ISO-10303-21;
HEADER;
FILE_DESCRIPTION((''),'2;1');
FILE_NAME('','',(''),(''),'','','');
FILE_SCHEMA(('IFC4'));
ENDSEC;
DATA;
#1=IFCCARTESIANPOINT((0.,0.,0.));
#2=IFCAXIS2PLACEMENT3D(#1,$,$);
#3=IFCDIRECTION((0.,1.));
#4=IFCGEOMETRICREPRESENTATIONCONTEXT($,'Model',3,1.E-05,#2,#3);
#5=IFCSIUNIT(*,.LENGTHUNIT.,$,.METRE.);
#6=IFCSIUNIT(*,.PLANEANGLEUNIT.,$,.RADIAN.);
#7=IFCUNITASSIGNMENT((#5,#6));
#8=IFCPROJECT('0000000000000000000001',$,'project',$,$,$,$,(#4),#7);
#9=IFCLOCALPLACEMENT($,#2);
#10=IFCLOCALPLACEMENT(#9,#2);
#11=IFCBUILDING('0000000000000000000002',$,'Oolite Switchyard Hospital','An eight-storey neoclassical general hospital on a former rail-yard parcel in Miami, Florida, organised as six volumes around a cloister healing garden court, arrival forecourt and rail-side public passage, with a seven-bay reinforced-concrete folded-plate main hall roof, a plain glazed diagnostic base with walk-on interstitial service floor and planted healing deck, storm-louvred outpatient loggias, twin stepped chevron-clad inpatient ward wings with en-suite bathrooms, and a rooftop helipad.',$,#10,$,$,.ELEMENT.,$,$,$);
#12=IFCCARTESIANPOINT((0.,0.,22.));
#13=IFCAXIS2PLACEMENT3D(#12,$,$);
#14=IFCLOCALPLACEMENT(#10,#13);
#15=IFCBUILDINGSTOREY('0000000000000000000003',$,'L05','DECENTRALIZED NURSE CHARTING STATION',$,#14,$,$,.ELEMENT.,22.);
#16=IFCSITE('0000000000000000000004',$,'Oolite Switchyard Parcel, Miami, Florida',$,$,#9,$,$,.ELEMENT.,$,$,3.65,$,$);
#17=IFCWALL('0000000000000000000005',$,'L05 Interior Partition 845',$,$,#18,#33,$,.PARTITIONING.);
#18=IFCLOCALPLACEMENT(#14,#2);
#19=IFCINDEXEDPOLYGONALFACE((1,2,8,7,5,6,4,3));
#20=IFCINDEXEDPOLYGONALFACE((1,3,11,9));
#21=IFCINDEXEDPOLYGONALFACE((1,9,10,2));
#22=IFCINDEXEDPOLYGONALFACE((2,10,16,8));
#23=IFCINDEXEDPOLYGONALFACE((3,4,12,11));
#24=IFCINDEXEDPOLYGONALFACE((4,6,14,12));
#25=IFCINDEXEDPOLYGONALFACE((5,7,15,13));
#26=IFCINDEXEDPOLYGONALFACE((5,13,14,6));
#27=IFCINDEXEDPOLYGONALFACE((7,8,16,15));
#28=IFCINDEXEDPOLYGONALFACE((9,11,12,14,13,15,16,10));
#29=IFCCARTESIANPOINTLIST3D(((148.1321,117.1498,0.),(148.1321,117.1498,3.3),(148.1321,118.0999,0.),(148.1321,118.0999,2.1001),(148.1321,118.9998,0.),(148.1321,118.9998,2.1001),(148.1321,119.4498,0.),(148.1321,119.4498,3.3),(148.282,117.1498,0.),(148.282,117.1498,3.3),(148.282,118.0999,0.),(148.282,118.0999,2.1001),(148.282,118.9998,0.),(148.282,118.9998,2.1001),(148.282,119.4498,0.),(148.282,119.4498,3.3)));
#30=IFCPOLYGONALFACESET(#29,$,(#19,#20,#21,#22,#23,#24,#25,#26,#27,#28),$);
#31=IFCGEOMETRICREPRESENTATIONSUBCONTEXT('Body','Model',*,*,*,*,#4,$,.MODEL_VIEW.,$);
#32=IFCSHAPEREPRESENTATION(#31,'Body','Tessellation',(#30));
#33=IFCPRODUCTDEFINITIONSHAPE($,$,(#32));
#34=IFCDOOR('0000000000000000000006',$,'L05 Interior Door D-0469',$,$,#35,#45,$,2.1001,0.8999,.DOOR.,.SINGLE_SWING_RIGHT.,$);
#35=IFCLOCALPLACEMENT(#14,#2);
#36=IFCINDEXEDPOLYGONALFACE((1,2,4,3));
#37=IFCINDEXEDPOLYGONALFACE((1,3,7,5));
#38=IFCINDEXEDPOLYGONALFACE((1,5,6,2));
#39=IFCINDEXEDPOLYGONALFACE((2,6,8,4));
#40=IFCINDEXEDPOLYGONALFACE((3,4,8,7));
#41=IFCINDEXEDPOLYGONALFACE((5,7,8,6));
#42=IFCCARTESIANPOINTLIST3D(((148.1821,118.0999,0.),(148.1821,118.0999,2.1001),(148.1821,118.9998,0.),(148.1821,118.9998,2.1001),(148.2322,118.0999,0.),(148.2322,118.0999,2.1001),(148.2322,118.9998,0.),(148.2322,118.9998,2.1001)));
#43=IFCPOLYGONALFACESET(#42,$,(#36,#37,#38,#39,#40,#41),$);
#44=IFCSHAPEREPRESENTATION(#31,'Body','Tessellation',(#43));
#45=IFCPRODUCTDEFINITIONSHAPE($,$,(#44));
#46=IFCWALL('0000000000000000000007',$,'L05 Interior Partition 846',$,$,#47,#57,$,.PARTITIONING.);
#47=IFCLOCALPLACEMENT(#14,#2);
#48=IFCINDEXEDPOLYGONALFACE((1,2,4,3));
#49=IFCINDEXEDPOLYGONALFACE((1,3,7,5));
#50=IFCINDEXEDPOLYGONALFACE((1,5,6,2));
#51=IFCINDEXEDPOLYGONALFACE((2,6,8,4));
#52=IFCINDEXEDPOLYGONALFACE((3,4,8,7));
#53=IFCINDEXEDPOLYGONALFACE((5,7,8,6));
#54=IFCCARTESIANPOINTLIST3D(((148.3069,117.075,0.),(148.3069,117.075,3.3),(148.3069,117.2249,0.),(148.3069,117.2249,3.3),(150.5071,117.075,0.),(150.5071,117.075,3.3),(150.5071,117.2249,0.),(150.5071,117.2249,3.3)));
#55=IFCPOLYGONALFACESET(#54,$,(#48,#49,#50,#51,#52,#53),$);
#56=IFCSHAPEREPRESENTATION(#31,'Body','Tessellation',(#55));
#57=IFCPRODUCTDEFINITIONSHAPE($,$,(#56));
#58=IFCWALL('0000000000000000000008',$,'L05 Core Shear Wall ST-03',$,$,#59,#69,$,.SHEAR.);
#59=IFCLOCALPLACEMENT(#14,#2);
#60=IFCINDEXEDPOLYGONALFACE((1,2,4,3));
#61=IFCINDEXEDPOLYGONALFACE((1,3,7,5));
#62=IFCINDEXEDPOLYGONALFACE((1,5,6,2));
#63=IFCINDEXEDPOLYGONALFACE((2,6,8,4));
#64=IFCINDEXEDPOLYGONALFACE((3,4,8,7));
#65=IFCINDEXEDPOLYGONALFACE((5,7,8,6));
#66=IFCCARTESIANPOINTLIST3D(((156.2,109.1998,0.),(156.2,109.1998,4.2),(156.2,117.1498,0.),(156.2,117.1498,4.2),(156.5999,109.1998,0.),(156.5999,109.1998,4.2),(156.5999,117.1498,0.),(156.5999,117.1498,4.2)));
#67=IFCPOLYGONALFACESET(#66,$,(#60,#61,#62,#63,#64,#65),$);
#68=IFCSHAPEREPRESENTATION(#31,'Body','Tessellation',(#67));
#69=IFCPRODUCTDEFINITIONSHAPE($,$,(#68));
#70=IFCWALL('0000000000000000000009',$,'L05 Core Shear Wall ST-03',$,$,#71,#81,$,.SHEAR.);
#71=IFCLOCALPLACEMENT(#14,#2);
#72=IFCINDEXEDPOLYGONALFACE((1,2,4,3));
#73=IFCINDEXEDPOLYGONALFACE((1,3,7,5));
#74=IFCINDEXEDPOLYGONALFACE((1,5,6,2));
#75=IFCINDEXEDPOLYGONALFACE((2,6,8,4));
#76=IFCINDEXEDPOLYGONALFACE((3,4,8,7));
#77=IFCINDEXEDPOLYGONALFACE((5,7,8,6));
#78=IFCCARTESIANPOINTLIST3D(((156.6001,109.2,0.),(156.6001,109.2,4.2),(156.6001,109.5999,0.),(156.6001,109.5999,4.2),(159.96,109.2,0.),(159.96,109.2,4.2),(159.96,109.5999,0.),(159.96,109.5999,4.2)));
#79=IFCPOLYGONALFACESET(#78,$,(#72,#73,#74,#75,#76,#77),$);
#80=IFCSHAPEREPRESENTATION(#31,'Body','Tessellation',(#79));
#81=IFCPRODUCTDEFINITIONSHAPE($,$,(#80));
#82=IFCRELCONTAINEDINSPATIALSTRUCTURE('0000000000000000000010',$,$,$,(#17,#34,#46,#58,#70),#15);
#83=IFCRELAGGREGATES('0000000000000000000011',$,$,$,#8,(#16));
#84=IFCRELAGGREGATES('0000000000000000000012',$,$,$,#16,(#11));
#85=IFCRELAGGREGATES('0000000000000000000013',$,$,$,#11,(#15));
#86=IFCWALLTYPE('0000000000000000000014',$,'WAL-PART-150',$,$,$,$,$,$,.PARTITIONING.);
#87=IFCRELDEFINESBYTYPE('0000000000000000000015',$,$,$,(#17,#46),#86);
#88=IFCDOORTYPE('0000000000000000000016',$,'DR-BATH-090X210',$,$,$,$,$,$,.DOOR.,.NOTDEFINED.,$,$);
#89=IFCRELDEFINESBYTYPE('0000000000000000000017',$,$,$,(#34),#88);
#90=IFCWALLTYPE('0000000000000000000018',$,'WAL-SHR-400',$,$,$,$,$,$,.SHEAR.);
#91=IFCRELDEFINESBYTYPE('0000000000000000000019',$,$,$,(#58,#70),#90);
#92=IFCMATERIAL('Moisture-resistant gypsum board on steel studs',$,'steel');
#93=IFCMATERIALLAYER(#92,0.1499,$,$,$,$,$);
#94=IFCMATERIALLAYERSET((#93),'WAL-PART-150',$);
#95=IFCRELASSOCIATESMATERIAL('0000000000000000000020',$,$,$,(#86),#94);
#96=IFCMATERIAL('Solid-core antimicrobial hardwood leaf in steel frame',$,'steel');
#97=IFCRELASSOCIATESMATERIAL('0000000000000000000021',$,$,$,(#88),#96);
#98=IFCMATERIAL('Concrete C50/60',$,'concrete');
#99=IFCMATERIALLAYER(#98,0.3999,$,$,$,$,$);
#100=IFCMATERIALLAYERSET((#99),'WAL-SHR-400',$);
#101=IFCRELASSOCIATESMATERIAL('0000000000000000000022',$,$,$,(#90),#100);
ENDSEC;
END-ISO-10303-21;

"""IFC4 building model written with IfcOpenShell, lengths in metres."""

from ifc_helpers import new_model, si_unit, direction, frame, frame_2d, origin, place, context, subcontext, project, spatial, rectangle, extrude, material, layer, layer_set, type_object, element, fill, save


model = new_model("IFC4")

# Units and contexts
model_context = context("Model", 3, precision=1e-05, world=origin(), true_north=direction((0.0, 1.0)))
body_context = subcontext(model_context, "Body", "Model", "MODEL_VIEW")
ifc_project = project(units=[si_unit("LENGTHUNIT", "METRE"), si_unit("PLANEANGLEUNIT", "RADIAN")], contexts=[model_context])

# Site, building, storey
site_placement = place(None, origin())
site = spatial("IfcSite", under=ifc_project, at=site_placement, Name="Oolite Switchyard Parcel, Miami, Florida", CompositionType="ELEMENT", RefElevation=3.65)
building_placement = place(site_placement, origin())
building = spatial("IfcBuilding", under=site, at=building_placement, Name="Oolite Switchyard Hospital", Description="An eight-storey neoclassical general hospital on a former rail-yard parcel in Miami, Florida, organised as six volumes around a cloister healing garden court, arrival forecourt and rail-side public passage, with a seven-bay reinforced-concrete folded-plate main hall roof, a plain glazed diagnostic base with walk-on interstitial service floor and planted healing deck, storm-louvred outpatient loggias, twin stepped chevron-clad inpatient ward wings with en-suite bathrooms, and a rooftop helipad.", CompositionType="ELEMENT")
storey_placement = place(building_placement, frame((0.0, 0.0, 22.0)))
storey = spatial("IfcBuildingStorey", under=building, at=storey_placement, Name="L05", Description="DECENTRALIZED NURSE CHARTING STATION", CompositionType="ELEMENT", Elevation=22.0)

# Shared definitions
ifc_material_1 = material(Name="Concrete C50/60", Category="concrete")

# Wall, opening, door
ifc_material_2 = material(Name="Moisture-resistant gypsum board on steel studs", Category="steel")
ifc_layer_1 = layer(ifc_material_2, 0.1499)
ifc_layer_set_1 = layer_set([ifc_layer_1], Name="WAL-PART-150")
wall_type_1 = type_object("IfcWallType", Name="WAL-PART-150", PredefinedType="PARTITIONING", material=ifc_layer_set_1)
wall_1_placement = place(storey_placement, frame((148.207, 117.1499, 0.0), z_axis=(0.0, 0.0, 1.0), x_axis=(0.0, 1.0, 0.0)))
wall_1 = element("IfcWall", 1, at=wall_1_placement, inside=storey, type_object=wall_type_1, Name="L05 Interior Partition 845", PredefinedType="PARTITIONING", context=body_context, shape_type="SweptSolid", body=[
    extrude(rectangle(XDim=2.3, YDim=0.1499, at=frame_2d((1.1499, 0.0))), origin(), (0.0, 0.0, 1.0), 3.3),
])
opening_placement = place(wall_1_placement, frame((0.95, 0.0, 0.0)))
opening = element("IfcOpeningElement", 2, at=opening_placement, cuts=wall_1, PredefinedType="OPENING", context=body_context, shape_type="SweptSolid", body=[
    extrude(rectangle(XDim=0.8999, YDim=2.1001, at=frame_2d((0.45, 1.05))), frame((0.0, 0.085, 0.0), z_axis=(0.0, -1.0, 0.0), x_axis=(1.0, 0.0, 0.0)), (0.0, 0.0, 1.0), 0.1699),
])
ifc_material_3 = material(Name="Solid-core antimicrobial hardwood leaf in steel frame", Category="steel")
door_type = type_object("IfcDoorType", Name="DR-BATH-090X210", OperationType="NOTDEFINED", PredefinedType="DOOR", material=ifc_material_3)
door_placement = place(opening_placement, origin())
door = element("IfcDoor", 3, at=door_placement, inside=storey, type_object=door_type, Name="L05 Interior Door D-0469", OperationType="SINGLE_SWING_RIGHT", OverallHeight=2.1001, OverallWidth=0.8999, PredefinedType="DOOR", context=body_context, shape_type="SweptSolid", body=[
    extrude(rectangle(XDim=0.8999, YDim=2.1001, at=frame_2d((0.45, 1.05))), frame((0.0, 0.0249, 0.0), z_axis=(0.0, -1.0, 0.0), x_axis=(1.0, 0.0, 0.0)), (0.0, 0.0, 1.0), 0.05),
])
fill(opening, door)

# Walls
wall_2_placement = place(storey_placement, frame((148.3069, 117.1499, 0.0), z_axis=(0.0, 0.0, 1.0), x_axis=(1.0, 0.0, 0.0)))
element("IfcWall", 4, at=wall_2_placement, inside=storey, type_object=wall_type_1, Name="L05 Interior Partition 846", PredefinedType="PARTITIONING", context=body_context, shape_type="SweptSolid", body=[
    extrude(rectangle(XDim=2.2002, YDim=0.1499, at=frame_2d((1.1001, 0.0))), origin(), (0.0, 0.0, 1.0), 3.3),
])
ifc_layer_2 = layer(ifc_material_1, 0.3999)
ifc_layer_set_2 = layer_set([ifc_layer_2], Name="WAL-SHR-400")
wall_type_2 = type_object("IfcWallType", Name="WAL-SHR-400", PredefinedType="SHEAR", material=ifc_layer_set_2)
wall_3_placement = place(storey_placement, frame((156.3999, 117.1499, 0.0), z_axis=(0.0, 0.0, 1.0), x_axis=(0.0, -1.0, 0.0)))
element("IfcWall", 5, at=wall_3_placement, inside=storey, type_object=wall_type_2, Name="L05 Core Shear Wall ST-03", PredefinedType="SHEAR", context=body_context, shape_type="SweptSolid", body=[
    extrude(rectangle(XDim=7.95, YDim=0.3999, at=frame_2d((3.9751, 0.0))), origin(), (0.0, 0.0, 1.0), 4.2),
])
wall_4_placement = place(storey_placement, frame((156.6001, 109.3999, 0.0), z_axis=(0.0, 0.0, 1.0), x_axis=(1.0, 0.0, 0.0)))
element("IfcWall", 6, at=wall_4_placement, inside=storey, type_object=wall_type_2, Name="L05 Core Shear Wall ST-03", PredefinedType="SHEAR", context=body_context, shape_type="SweptSolid", body=[
    extrude(rectangle(XDim=3.3599, YDim=0.3999, at=frame_2d((1.6799, 0.0))), origin(), (0.0, 0.0, 1.0), 4.2),
])

save(model, "model.ifc")
